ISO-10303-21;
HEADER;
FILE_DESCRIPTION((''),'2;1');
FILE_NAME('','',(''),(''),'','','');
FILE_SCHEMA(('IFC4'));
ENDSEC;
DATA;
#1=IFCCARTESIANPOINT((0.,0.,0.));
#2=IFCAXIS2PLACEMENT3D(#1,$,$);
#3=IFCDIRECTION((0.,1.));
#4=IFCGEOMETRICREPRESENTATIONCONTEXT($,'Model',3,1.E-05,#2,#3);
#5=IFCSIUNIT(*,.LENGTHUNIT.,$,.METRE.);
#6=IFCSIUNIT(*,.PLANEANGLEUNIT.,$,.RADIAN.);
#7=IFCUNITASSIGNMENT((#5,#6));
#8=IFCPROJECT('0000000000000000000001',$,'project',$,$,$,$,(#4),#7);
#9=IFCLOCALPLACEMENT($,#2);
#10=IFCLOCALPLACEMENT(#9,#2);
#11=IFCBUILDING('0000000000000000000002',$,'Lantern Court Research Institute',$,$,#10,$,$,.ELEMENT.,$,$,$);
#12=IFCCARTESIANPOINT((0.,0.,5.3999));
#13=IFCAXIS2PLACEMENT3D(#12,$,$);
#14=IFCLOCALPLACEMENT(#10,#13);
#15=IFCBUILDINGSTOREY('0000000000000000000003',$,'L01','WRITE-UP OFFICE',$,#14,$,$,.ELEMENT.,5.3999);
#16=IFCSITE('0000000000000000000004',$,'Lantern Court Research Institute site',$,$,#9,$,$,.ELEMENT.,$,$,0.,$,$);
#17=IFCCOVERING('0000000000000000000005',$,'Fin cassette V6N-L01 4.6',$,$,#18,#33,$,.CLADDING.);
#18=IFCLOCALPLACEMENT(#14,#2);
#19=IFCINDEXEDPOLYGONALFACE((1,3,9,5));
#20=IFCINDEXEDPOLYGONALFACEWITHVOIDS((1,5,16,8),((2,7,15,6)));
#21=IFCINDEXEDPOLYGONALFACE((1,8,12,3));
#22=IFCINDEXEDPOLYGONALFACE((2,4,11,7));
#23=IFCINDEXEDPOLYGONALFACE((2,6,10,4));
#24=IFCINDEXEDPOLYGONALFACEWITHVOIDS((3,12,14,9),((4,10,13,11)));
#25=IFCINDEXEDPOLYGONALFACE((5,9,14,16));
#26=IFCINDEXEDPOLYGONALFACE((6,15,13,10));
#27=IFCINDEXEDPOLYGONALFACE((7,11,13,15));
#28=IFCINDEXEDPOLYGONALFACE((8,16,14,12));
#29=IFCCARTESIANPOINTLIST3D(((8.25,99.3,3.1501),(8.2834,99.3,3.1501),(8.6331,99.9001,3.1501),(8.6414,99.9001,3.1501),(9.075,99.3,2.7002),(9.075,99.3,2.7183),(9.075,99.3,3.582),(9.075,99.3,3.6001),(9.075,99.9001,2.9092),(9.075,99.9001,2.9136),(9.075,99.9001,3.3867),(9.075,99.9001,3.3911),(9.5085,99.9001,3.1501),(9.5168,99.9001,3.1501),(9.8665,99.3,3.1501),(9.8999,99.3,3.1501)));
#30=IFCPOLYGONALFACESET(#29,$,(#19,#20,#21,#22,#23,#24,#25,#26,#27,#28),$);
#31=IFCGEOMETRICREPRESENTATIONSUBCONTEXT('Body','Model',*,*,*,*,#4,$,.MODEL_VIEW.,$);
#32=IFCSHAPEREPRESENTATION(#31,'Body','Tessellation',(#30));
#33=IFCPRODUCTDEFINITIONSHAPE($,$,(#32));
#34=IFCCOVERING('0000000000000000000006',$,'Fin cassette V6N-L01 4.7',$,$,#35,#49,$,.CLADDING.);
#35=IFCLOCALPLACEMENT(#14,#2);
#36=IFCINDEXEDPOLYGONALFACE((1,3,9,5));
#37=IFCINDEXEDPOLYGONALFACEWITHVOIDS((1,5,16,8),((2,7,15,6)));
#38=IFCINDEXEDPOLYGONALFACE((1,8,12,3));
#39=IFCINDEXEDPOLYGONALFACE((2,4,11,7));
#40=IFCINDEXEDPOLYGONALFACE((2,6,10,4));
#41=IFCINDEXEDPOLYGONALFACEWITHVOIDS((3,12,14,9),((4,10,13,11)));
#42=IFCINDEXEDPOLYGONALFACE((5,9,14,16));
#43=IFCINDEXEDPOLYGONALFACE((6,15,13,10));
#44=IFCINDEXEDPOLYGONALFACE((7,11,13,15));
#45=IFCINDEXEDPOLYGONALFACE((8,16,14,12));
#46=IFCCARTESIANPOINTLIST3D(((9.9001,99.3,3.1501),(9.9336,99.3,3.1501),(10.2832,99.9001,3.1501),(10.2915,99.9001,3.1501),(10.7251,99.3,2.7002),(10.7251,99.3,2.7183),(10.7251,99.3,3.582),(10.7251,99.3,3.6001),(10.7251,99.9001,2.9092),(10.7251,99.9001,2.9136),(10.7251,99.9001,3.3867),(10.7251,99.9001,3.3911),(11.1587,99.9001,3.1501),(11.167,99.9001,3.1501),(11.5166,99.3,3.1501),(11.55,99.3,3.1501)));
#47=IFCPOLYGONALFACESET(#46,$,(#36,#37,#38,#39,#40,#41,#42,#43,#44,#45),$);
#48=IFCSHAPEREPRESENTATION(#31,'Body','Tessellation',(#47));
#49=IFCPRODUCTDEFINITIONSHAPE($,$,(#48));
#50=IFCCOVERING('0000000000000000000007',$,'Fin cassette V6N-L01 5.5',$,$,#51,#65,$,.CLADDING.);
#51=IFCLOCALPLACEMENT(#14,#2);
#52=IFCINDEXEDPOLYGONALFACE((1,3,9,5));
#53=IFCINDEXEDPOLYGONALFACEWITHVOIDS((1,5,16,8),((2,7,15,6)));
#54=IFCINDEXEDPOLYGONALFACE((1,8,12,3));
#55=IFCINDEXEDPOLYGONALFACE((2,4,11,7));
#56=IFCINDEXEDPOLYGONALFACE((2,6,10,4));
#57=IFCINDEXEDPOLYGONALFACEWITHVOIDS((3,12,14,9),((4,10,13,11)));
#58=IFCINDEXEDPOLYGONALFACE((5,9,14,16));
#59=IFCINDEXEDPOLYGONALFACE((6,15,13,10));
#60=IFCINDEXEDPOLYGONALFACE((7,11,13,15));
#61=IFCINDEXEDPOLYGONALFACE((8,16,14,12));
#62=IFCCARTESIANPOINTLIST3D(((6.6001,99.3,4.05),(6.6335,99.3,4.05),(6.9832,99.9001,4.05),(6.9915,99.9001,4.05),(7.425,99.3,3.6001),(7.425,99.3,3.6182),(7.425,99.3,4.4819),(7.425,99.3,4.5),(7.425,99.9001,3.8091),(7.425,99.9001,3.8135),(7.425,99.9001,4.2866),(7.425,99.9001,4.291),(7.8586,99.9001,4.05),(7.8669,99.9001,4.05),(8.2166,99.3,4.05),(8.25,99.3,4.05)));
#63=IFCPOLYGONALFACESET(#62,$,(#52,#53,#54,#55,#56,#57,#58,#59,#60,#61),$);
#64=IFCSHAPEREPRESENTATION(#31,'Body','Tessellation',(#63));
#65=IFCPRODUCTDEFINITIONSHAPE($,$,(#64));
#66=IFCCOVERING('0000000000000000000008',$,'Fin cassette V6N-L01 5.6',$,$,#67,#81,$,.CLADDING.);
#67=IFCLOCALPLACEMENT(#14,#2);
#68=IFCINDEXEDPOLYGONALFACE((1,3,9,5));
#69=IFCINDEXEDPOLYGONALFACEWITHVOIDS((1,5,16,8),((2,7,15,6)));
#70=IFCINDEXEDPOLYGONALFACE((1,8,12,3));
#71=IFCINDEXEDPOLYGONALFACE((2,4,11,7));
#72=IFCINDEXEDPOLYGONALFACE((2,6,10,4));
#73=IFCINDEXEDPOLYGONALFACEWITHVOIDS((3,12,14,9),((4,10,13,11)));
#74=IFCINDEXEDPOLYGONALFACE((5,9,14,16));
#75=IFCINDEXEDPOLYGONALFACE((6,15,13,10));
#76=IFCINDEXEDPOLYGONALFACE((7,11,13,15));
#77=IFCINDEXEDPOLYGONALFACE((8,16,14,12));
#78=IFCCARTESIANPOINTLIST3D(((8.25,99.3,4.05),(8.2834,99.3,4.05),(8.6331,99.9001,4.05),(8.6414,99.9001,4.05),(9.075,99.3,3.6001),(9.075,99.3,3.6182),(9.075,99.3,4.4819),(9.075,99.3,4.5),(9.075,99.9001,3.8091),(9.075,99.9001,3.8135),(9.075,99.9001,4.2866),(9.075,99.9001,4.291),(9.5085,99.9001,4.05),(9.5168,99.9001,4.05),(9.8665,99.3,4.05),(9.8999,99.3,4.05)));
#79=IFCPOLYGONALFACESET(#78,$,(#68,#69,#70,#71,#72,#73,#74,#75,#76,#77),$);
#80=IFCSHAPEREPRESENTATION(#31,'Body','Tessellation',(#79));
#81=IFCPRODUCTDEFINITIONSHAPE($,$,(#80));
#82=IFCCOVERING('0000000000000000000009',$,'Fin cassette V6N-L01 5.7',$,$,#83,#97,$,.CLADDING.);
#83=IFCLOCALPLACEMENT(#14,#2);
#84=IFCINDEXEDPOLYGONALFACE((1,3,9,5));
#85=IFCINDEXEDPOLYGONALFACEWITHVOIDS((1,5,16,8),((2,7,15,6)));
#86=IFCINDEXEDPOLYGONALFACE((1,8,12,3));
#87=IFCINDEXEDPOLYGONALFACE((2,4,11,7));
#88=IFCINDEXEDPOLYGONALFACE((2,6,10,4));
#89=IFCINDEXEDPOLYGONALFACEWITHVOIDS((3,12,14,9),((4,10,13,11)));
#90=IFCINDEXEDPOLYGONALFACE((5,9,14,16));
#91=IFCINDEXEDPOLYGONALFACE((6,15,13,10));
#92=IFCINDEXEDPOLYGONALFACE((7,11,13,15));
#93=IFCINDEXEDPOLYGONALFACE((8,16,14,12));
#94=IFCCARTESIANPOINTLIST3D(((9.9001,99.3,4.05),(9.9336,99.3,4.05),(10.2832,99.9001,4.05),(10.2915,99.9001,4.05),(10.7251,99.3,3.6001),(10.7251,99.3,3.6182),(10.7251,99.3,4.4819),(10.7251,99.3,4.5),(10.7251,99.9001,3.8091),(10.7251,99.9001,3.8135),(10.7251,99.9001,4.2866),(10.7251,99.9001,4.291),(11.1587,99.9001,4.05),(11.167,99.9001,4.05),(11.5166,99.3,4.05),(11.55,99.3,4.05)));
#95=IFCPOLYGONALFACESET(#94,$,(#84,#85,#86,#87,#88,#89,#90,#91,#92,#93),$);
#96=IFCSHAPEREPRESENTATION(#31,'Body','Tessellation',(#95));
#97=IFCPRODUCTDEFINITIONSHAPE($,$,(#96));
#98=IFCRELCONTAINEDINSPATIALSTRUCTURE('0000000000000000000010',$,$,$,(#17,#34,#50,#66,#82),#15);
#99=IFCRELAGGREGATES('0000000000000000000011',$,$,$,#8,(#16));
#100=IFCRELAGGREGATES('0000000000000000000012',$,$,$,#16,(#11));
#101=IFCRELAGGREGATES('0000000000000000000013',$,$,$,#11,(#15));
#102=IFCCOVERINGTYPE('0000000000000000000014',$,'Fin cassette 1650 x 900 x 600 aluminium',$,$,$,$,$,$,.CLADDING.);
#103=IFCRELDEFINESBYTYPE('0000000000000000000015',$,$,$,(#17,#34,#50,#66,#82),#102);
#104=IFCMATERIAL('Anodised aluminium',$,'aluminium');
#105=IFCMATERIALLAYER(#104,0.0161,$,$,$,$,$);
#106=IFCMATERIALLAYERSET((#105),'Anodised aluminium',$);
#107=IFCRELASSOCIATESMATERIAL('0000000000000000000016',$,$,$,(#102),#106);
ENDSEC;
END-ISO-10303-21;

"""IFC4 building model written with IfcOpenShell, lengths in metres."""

from ifc_helpers import new_model, entity, si_unit, direction, frame, origin, place, context, subcontext, project, spatial, material, layer, layer_set, type_object, element, save


model = new_model("IFC4")

# Units and contexts
model_context = context("Model", 3, precision=1e-05, world=origin(), true_north=direction((0.0, 1.0)))
body_context = subcontext(model_context, "Body", "Model", "MODEL_VIEW")
ifc_project = project(units=[si_unit("LENGTHUNIT", "METRE"), si_unit("PLANEANGLEUNIT", "RADIAN")], contexts=[model_context])

# Site, building, storey
site_placement = place(None, origin())
site = spatial("IfcSite", under=ifc_project, at=site_placement, Name="Lantern Court Research Institute site", CompositionType="ELEMENT", RefElevation=0.0)
building_placement = place(site_placement, origin())
building = spatial("IfcBuilding", under=site, at=building_placement, Name="Lantern Court Research Institute", CompositionType="ELEMENT")
storey_placement = place(building_placement, frame((0.0, 0.0, 5.3999)))
storey = spatial("IfcBuildingStorey", under=building, at=storey_placement, Name="L01", Description="WRITE-UP OFFICE", CompositionType="ELEMENT", Elevation=5.3999)

# Coverings
ifc_material_1 = material(Name="Anodised aluminium", Category="aluminium")
ifc_layer_1 = layer(ifc_material_1, 0.0161)
ifc_layer_set_1 = layer_set([ifc_layer_1], Name="Anodised aluminium")
covering_type = type_object("IfcCoveringType", Name="Fin cassette 1650 x 900 x 600 aluminium", PredefinedType="CLADDING", material=ifc_layer_set_1)
covering_1_placement = place(storey_placement, frame((9.075, 99.3, 3.1501), z_axis=(0.0, 1.0, 0.0), x_axis=(-1.0, 0.0, 0.0)))
cartesian_point_1 = entity("IfcCartesianPoint", [0.825, 0.0])
cartesian_point_2 = entity("IfcCartesianPoint", [0.7915, 0.0])
cartesian_point_3 = entity("IfcCartesianPoint", [0.4419, 0.0])
cartesian_point_4 = entity("IfcCartesianPoint", [0.4336, 0.0])
element("IfcCovering", 1, at=covering_1_placement, inside=storey, type_object=covering_type, Name="Fin cassette V6N-L01 4.6", PredefinedType="CLADDING", context=body_context, shape_type="SweptSolid", body=[
    entity("IfcExtrudedAreaSolidTapered", entity("IfcArbitraryProfileDefWithVoids", "AREA", None, entity("IfcPolyline", [cartesian_point_1, entity("IfcCartesianPoint", [0.0, 0.45]), entity("IfcCartesianPoint", [-0.825, 0.0]), entity("IfcCartesianPoint", [0.0, -0.45]), cartesian_point_1]), [entity("IfcPolyline", [cartesian_point_2, entity("IfcCartesianPoint", [0.0, 0.4319]), entity("IfcCartesianPoint", [-0.7915, 0.0]), entity("IfcCartesianPoint", [0.0, -0.4319]), cartesian_point_2])]), entity("IfcAxis2Placement3D", entity("IfcCartesianPoint", [0.0, 0.0, 0.0])), entity("IfcDirection", [0.0, 0.0, 1.0]), 0.6001, entity("IfcArbitraryProfileDefWithVoids", "AREA", None, entity("IfcPolyline", [cartesian_point_3, entity("IfcCartesianPoint", [0.0, 0.241]), entity("IfcCartesianPoint", [-0.4419, 0.0]), entity("IfcCartesianPoint", [0.0, -0.241]), cartesian_point_3]), [entity("IfcPolyline", [cartesian_point_4, entity("IfcCartesianPoint", [0.0, 0.2366]), entity("IfcCartesianPoint", [-0.4336, 0.0]), entity("IfcCartesianPoint", [0.0, -0.2366]), cartesian_point_4])])),
])
covering_2_placement = place(storey_placement, frame((10.7251, 99.3, 3.1501), z_axis=(0.0, 1.0, 0.0), x_axis=(-1.0, 0.0, 0.0)))
cartesian_point_5 = entity("IfcCartesianPoint", [0.825, 0.0])
cartesian_point_6 = entity("IfcCartesianPoint", [0.7915, 0.0])
cartesian_point_7 = entity("IfcCartesianPoint", [0.4419, 0.0])
cartesian_point_8 = entity("IfcCartesianPoint", [0.4336, 0.0])
element("IfcCovering", 2, at=covering_2_placement, inside=storey, type_object=covering_type, Name="Fin cassette V6N-L01 4.7", PredefinedType="CLADDING", context=body_context, shape_type="SweptSolid", body=[
    entity("IfcExtrudedAreaSolidTapered", entity("IfcArbitraryProfileDefWithVoids", "AREA", None, entity("IfcPolyline", [cartesian_point_5, entity("IfcCartesianPoint", [0.0, 0.45]), entity("IfcCartesianPoint", [-0.825, 0.0]), entity("IfcCartesianPoint", [0.0, -0.45]), cartesian_point_5]), [entity("IfcPolyline", [cartesian_point_6, entity("IfcCartesianPoint", [0.0, 0.4319]), entity("IfcCartesianPoint", [-0.7915, 0.0]), entity("IfcCartesianPoint", [0.0, -0.4319]), cartesian_point_6])]), entity("IfcAxis2Placement3D", entity("IfcCartesianPoint", [0.0, 0.0, 0.0])), entity("IfcDirection", [0.0, 0.0, 1.0]), 0.6001, entity("IfcArbitraryProfileDefWithVoids", "AREA", None, entity("IfcPolyline", [cartesian_point_7, entity("IfcCartesianPoint", [0.0, 0.241]), entity("IfcCartesianPoint", [-0.4419, 0.0]), entity("IfcCartesianPoint", [0.0, -0.241]), cartesian_point_7]), [entity("IfcPolyline", [cartesian_point_8, entity("IfcCartesianPoint", [0.0, 0.2366]), entity("IfcCartesianPoint", [-0.4336, 0.0]), entity("IfcCartesianPoint", [0.0, -0.2366]), cartesian_point_8])])),
])
covering_3_placement = place(storey_placement, frame((7.425, 99.3, 4.05), z_axis=(0.0, 1.0, 0.0), x_axis=(-1.0, 0.0, 0.0)))
cartesian_point_9 = entity("IfcCartesianPoint", [0.825, 0.0])
cartesian_point_10 = entity("IfcCartesianPoint", [0.7915, 0.0])
cartesian_point_11 = entity("IfcCartesianPoint", [0.4419, 0.0])
cartesian_point_12 = entity("IfcCartesianPoint", [0.4336, 0.0])
element("IfcCovering", 3, at=covering_3_placement, inside=storey, type_object=covering_type, Name="Fin cassette V6N-L01 5.5", PredefinedType="CLADDING", context=body_context, shape_type="SweptSolid", body=[
    entity("IfcExtrudedAreaSolidTapered", entity("IfcArbitraryProfileDefWithVoids", "AREA", None, entity("IfcPolyline", [cartesian_point_9, entity("IfcCartesianPoint", [0.0, 0.45]), entity("IfcCartesianPoint", [-0.825, 0.0]), entity("IfcCartesianPoint", [0.0, -0.45]), cartesian_point_9]), [entity("IfcPolyline", [cartesian_point_10, entity("IfcCartesianPoint", [0.0, 0.4319]), entity("IfcCartesianPoint", [-0.7915, 0.0]), entity("IfcCartesianPoint", [0.0, -0.4319]), cartesian_point_10])]), entity("IfcAxis2Placement3D", entity("IfcCartesianPoint", [0.0, 0.0, 0.0])), entity("IfcDirection", [0.0, 0.0, 1.0]), 0.6001, entity("IfcArbitraryProfileDefWithVoids", "AREA", None, entity("IfcPolyline", [cartesian_point_11, entity("IfcCartesianPoint", [0.0, 0.241]), entity("IfcCartesianPoint", [-0.4419, 0.0]), entity("IfcCartesianPoint", [0.0, -0.241]), cartesian_point_11]), [entity("IfcPolyline", [cartesian_point_12, entity("IfcCartesianPoint", [0.0, 0.2366]), entity("IfcCartesianPoint", [-0.4336, 0.0]), entity("IfcCartesianPoint", [0.0, -0.2366]), cartesian_point_12])])),
])
covering_4_placement = place(storey_placement, frame((9.075, 99.3, 4.05), z_axis=(0.0, 1.0, 0.0), x_axis=(-1.0, 0.0, 0.0)))
cartesian_point_13 = entity("IfcCartesianPoint", [0.825, 0.0])
cartesian_point_14 = entity("IfcCartesianPoint", [0.7915, 0.0])
cartesian_point_15 = entity("IfcCartesianPoint", [0.4419, 0.0])
cartesian_point_16 = entity("IfcCartesianPoint", [0.4336, 0.0])
element("IfcCovering", 4, at=covering_4_placement, inside=storey, type_object=covering_type, Name="Fin cassette V6N-L01 5.6", PredefinedType="CLADDING", context=body_context, shape_type="SweptSolid", body=[
    entity("IfcExtrudedAreaSolidTapered", entity("IfcArbitraryProfileDefWithVoids", "AREA", None, entity("IfcPolyline", [cartesian_point_13, entity("IfcCartesianPoint", [0.0, 0.45]), entity("IfcCartesianPoint", [-0.825, 0.0]), entity("IfcCartesianPoint", [0.0, -0.45]), cartesian_point_13]), [entity("IfcPolyline", [cartesian_point_14, entity("IfcCartesianPoint", [0.0, 0.4319]), entity("IfcCartesianPoint", [-0.7915, 0.0]), entity("IfcCartesianPoint", [0.0, -0.4319]), cartesian_point_14])]), entity("IfcAxis2Placement3D", entity("IfcCartesianPoint", [0.0, 0.0, 0.0])), entity("IfcDirection", [0.0, 0.0, 1.0]), 0.6001, entity("IfcArbitraryProfileDefWithVoids", "AREA", None, entity("IfcPolyline", [cartesian_point_15, entity("IfcCartesianPoint", [0.0, 0.241]), entity("IfcCartesianPoint", [-0.4419, 0.0]), entity("IfcCartesianPoint", [0.0, -0.241]), cartesian_point_15]), [entity("IfcPolyline", [cartesian_point_16, entity("IfcCartesianPoint", [0.0, 0.2366]), entity("IfcCartesianPoint", [-0.4336, 0.0]), entity("IfcCartesianPoint", [0.0, -0.2366]), cartesian_point_16])])),
])
covering_5_placement = place(storey_placement, frame((10.7251, 99.3, 4.05), z_axis=(0.0, 1.0, 0.0), x_axis=(-1.0, 0.0, 0.0)))
cartesian_point_17 = entity("IfcCartesianPoint", [0.825, 0.0])
cartesian_point_18 = entity("IfcCartesianPoint", [0.7915, 0.0])
cartesian_point_19 = entity("IfcCartesianPoint", [0.4419, 0.0])
cartesian_point_20 = entity("IfcCartesianPoint", [0.4336, 0.0])
element("IfcCovering", 5, at=covering_5_placement, inside=storey, type_object=covering_type, Name="Fin cassette V6N-L01 5.7", PredefinedType="CLADDING", context=body_context, shape_type="SweptSolid", body=[
    entity("IfcExtrudedAreaSolidTapered", entity("IfcArbitraryProfileDefWithVoids", "AREA", None, entity("IfcPolyline", [cartesian_point_17, entity("IfcCartesianPoint", [0.0, 0.45]), entity("IfcCartesianPoint", [-0.825, 0.0]), entity("IfcCartesianPoint", [0.0, -0.45]), cartesian_point_17]), [entity("IfcPolyline", [cartesian_point_18, entity("IfcCartesianPoint", [0.0, 0.4319]), entity("IfcCartesianPoint", [-0.7915, 0.0]), entity("IfcCartesianPoint", [0.0, -0.4319]), cartesian_point_18])]), entity("IfcAxis2Placement3D", entity("IfcCartesianPoint", [0.0, 0.0, 0.0])), entity("IfcDirection", [0.0, 0.0, 1.0]), 0.6001, entity("IfcArbitraryProfileDefWithVoids", "AREA", None, entity("IfcPolyline", [cartesian_point_19, entity("IfcCartesianPoint", [0.0, 0.241]), entity("IfcCartesianPoint", [-0.4419, 0.0]), entity("IfcCartesianPoint", [0.0, -0.241]), cartesian_point_19]), [entity("IfcPolyline", [cartesian_point_20, entity("IfcCartesianPoint", [0.0, 0.2366]), entity("IfcCartesianPoint", [-0.4336, 0.0]), entity("IfcCartesianPoint", [0.0, -0.2366]), cartesian_point_20])])),
])

save(model, "model.ifc")
